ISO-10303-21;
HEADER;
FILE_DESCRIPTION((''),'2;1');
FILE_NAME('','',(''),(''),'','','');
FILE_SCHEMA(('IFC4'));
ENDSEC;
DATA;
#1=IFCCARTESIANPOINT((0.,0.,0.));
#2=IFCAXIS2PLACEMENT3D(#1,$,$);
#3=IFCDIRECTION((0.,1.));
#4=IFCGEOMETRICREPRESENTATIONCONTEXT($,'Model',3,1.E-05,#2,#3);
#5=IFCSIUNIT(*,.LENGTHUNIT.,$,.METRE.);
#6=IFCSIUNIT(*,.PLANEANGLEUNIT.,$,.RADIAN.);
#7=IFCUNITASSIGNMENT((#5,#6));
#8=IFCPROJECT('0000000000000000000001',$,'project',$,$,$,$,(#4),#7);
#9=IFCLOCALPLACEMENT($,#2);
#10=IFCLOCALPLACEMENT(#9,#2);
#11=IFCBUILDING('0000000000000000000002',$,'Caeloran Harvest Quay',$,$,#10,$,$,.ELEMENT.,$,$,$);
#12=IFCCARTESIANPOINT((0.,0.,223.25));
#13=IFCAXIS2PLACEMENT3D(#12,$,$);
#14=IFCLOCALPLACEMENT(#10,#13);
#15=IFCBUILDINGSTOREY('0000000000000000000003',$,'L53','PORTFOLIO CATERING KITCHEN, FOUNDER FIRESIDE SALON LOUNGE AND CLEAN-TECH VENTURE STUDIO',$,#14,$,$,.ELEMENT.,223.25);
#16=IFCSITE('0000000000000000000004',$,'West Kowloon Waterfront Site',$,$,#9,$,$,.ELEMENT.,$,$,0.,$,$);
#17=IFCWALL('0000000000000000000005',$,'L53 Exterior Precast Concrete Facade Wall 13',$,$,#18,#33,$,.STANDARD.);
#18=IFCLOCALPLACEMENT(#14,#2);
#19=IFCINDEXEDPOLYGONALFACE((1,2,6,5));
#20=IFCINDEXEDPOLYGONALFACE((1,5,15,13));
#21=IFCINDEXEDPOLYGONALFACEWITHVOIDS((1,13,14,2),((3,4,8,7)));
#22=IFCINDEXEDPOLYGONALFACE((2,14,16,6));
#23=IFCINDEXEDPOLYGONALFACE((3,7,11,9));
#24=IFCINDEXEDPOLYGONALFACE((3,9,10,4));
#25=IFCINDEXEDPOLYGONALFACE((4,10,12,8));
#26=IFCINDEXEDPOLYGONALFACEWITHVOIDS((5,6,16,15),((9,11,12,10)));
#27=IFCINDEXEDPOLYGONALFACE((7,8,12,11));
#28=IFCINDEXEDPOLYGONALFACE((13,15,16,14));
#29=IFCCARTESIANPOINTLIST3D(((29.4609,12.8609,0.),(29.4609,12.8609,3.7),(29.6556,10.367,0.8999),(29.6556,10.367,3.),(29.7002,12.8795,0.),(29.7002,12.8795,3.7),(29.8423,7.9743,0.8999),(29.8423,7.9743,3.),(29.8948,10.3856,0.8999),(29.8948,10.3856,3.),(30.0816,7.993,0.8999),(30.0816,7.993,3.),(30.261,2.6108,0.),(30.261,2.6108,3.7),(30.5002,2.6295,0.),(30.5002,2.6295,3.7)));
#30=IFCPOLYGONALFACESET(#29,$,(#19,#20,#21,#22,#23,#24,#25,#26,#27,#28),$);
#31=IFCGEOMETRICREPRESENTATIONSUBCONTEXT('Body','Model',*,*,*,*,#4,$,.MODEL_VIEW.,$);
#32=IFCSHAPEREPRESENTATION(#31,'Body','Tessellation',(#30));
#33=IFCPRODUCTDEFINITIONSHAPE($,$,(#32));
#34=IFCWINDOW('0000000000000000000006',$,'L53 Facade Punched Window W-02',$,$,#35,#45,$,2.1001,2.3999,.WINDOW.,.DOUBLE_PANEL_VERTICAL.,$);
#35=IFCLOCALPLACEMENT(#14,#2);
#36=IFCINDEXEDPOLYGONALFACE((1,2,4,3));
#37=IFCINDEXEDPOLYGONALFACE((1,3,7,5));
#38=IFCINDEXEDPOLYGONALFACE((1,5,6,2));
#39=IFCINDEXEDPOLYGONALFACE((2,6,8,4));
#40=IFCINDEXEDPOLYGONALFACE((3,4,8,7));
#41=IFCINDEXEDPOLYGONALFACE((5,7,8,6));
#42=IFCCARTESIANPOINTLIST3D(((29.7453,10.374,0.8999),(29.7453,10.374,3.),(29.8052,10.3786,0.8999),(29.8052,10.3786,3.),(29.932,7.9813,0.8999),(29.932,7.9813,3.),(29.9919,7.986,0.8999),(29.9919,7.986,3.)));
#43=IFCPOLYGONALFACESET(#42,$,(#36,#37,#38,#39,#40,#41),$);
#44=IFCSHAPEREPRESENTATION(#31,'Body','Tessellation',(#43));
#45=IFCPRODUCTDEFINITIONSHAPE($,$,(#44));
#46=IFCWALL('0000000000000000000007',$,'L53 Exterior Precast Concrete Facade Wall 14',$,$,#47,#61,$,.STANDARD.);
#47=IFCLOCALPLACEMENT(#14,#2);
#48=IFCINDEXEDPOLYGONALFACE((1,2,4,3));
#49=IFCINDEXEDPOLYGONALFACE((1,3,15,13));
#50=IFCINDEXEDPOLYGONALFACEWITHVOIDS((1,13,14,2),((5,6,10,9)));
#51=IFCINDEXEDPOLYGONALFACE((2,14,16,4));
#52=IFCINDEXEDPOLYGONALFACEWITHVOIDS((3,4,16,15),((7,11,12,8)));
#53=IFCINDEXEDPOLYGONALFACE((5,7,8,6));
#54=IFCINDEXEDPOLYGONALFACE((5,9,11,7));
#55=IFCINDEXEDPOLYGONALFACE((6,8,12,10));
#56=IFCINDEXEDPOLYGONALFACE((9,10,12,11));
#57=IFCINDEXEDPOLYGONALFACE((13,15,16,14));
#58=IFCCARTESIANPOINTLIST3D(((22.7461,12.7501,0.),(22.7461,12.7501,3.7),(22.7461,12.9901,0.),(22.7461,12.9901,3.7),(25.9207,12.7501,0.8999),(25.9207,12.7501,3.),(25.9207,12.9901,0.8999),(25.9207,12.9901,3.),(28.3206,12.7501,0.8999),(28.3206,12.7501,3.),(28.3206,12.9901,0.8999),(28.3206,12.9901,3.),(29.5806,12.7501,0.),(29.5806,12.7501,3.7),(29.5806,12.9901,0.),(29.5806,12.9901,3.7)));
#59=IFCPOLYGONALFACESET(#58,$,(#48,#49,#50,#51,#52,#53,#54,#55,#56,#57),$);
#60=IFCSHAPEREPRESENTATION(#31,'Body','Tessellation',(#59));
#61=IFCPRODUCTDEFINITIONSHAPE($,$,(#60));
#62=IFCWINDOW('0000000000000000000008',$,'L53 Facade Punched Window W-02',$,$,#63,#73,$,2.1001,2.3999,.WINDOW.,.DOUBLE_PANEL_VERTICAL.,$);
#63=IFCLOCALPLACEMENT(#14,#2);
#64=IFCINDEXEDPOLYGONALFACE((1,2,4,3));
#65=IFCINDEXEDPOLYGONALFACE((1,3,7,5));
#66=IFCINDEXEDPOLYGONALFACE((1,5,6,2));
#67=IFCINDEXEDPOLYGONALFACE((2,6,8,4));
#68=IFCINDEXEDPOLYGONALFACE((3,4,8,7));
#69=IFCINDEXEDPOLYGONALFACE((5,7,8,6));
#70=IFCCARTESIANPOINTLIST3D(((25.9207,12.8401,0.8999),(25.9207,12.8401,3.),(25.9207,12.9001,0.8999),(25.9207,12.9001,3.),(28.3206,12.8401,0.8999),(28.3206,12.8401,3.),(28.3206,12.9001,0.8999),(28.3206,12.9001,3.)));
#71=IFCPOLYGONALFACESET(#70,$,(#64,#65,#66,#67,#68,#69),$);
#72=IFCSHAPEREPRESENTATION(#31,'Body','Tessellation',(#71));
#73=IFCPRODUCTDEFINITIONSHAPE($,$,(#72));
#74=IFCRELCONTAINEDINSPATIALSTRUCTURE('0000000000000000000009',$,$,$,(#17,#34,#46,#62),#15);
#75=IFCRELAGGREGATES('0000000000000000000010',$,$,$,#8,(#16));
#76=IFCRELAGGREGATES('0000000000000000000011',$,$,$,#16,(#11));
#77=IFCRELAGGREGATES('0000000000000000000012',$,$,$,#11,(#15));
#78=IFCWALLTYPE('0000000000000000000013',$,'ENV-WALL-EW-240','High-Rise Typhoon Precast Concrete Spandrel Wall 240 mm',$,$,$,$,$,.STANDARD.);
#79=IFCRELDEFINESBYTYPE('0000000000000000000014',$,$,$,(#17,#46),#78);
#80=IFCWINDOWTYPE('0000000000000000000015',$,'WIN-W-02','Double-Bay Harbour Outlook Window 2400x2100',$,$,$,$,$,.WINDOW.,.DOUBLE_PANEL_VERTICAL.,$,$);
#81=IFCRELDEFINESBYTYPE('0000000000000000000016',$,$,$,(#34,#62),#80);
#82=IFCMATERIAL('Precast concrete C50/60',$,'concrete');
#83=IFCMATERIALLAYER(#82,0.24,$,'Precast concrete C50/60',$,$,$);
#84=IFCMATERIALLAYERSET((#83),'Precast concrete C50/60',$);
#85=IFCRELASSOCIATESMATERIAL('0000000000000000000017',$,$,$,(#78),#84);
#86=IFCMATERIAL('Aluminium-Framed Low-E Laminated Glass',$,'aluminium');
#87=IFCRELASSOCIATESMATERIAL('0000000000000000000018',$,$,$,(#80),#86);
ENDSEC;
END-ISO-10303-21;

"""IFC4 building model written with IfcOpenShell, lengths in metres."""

from ifc_helpers import new_model, si_unit, direction, frame, frame_2d, origin, place, context, subcontext, project, spatial, rectangle, extrude, material, layer, layer_set, type_object, element, fill, save


model = new_model("IFC4")

# Units and contexts
model_context = context("Model", 3, precision=1e-05, world=origin(), true_north=direction((0.0, 1.0)))
body_context = subcontext(model_context, "Body", "Model", "MODEL_VIEW")
ifc_project = project(units=[si_unit("LENGTHUNIT", "METRE"), si_unit("PLANEANGLEUNIT", "RADIAN")], contexts=[model_context])

# Site, building, storey
site_placement = place(None, origin())
site = spatial("IfcSite", under=ifc_project, at=site_placement, Name="West Kowloon Waterfront Site", CompositionType="ELEMENT", RefElevation=0.0)
building_placement = place(site_placement, origin())
building = spatial("IfcBuilding", under=site, at=building_placement, Name="Caeloran Harvest Quay", CompositionType="ELEMENT")
storey_placement = place(building_placement, frame((0.0, 0.0, 223.25)))
storey = spatial("IfcBuildingStorey", under=building, at=storey_placement, Name="L53", Description="PORTFOLIO CATERING KITCHEN, FOUNDER FIRESIDE SALON LOUNGE AND CLEAN-TECH VENTURE STUDIO", CompositionType="ELEMENT", Elevation=223.25)

# Walls, openings, windows
ifc_material_1 = material(Name="Precast concrete C50/60", Category="concrete")
ifc_layer = layer(ifc_material_1, 0.24, Name="Precast concrete C50/60")
ifc_layer_set = layer_set([ifc_layer], Name="Precast concrete C50/60")
wall_type = type_object("IfcWallType", Name="ENV-WALL-EW-240", Description="High-Rise Typhoon Precast Concrete Spandrel Wall 240 mm", PredefinedType="STANDARD", material=ifc_layer_set)
ifc_material_2 = material(Name="Aluminium-Framed Low-E Laminated Glass", Category="aluminium")
window_type = type_object("IfcWindowType", Name="WIN-W-02", Description="Double-Bay Harbour Outlook Window 2400x2100", PartitioningType="DOUBLE_PANEL_VERTICAL", PredefinedType="WINDOW", material=ifc_material_2)
wall_1_placement = place(storey_placement, frame((30.3806, 2.6201, 0.0), z_axis=(0.0, 0.0, 1.0), x_axis=(-0.077817, 0.996968, 0.0)))
wall_1 = element("IfcWall", 1, at=wall_1_placement, inside=storey, type_object=wall_type, Name="L53 Exterior Precast Concrete Facade Wall 13", PredefinedType="STANDARD", context=body_context, shape_type="SweptSolid", body=[
    extrude(rectangle(XDim=10.2812, YDim=0.24, at=frame_2d((5.1406, 0.0))), origin(), (0.0, 0.0, 1.0), 3.7),
])
opening_1_placement = place(wall_1_placement, frame((5.3799, 0.0, 0.8999)))
opening_1 = element("IfcOpeningElement", 2, at=opening_1_placement, cuts=wall_1, PredefinedType="OPENING", context=body_context, shape_type="SweptSolid", body=[
    extrude(rectangle(XDim=2.3999, YDim=2.1001, at=frame_2d((1.2, 1.05))), frame((0.0, 0.1299, 0.0), z_axis=(0.0, -1.0, 0.0), x_axis=(1.0, 0.0, 0.0)), (0.0, 0.0, 1.0), 0.26),
])
window_1_placement = place(opening_1_placement, origin())
window_1 = element("IfcWindow", 3, at=window_1_placement, inside=storey, type_object=window_type, Name="L53 Facade Punched Window W-02", OverallHeight=2.1001, OverallWidth=2.3999, PartitioningType="DOUBLE_PANEL_VERTICAL", PredefinedType="WINDOW", context=body_context, shape_type="SweptSolid", body=[
    extrude(rectangle(XDim=2.3999, YDim=2.1001, at=frame_2d((1.2, 1.05))), frame((0.0, 0.03, 0.0), z_axis=(0.0, -1.0, 0.0), x_axis=(1.0, 0.0, 0.0)), (0.0, 0.0, 1.0), 0.0601),
])
fill(opening_1, window_1)
wall_2_placement = place(storey_placement, frame((29.5806, 12.8701, 0.0), z_axis=(0.0, 0.0, 1.0), x_axis=(-1.0, 0.0, 0.0)))
wall_2 = element("IfcWall", 4, at=wall_2_placement, inside=storey, type_object=wall_type, Name="L53 Exterior Precast Concrete Facade Wall 14", PredefinedType="STANDARD", context=body_context, shape_type="SweptSolid", body=[
    extrude(rectangle(XDim=6.8345, YDim=0.24, at=frame_2d((3.4172, 0.0))), origin(), (0.0, 0.0, 1.0), 3.7),
])
opening_2_placement = place(wall_2_placement, frame((1.26, 0.0, 0.8999)))
opening_2 = element("IfcOpeningElement", 5, at=opening_2_placement, cuts=wall_2, PredefinedType="OPENING", context=body_context, shape_type="SweptSolid", body=[
    extrude(rectangle(XDim=2.3999, YDim=2.1001, at=frame_2d((1.2, 1.05))), frame((0.0, 0.1299, 0.0), z_axis=(0.0, -1.0, 0.0), x_axis=(1.0, 0.0, 0.0)), (0.0, 0.0, 1.0), 0.26),
])
window_2_placement = place(opening_2_placement, origin())
window_2 = element("IfcWindow", 6, at=window_2_placement, inside=storey, type_object=window_type, Name="L53 Facade Punched Window W-02", OverallHeight=2.1001, OverallWidth=2.3999, PartitioningType="DOUBLE_PANEL_VERTICAL", PredefinedType="WINDOW", context=body_context, shape_type="SweptSolid", body=[
    extrude(rectangle(XDim=2.3999, YDim=2.1001, at=frame_2d((1.2, 1.05))), frame((0.0, 0.03, 0.0), z_axis=(0.0, -1.0, 0.0), x_axis=(1.0, 0.0, 0.0)), (0.0, 0.0, 1.0), 0.0601),
])
fill(opening_2, window_2)

save(model, "model.ifc")
